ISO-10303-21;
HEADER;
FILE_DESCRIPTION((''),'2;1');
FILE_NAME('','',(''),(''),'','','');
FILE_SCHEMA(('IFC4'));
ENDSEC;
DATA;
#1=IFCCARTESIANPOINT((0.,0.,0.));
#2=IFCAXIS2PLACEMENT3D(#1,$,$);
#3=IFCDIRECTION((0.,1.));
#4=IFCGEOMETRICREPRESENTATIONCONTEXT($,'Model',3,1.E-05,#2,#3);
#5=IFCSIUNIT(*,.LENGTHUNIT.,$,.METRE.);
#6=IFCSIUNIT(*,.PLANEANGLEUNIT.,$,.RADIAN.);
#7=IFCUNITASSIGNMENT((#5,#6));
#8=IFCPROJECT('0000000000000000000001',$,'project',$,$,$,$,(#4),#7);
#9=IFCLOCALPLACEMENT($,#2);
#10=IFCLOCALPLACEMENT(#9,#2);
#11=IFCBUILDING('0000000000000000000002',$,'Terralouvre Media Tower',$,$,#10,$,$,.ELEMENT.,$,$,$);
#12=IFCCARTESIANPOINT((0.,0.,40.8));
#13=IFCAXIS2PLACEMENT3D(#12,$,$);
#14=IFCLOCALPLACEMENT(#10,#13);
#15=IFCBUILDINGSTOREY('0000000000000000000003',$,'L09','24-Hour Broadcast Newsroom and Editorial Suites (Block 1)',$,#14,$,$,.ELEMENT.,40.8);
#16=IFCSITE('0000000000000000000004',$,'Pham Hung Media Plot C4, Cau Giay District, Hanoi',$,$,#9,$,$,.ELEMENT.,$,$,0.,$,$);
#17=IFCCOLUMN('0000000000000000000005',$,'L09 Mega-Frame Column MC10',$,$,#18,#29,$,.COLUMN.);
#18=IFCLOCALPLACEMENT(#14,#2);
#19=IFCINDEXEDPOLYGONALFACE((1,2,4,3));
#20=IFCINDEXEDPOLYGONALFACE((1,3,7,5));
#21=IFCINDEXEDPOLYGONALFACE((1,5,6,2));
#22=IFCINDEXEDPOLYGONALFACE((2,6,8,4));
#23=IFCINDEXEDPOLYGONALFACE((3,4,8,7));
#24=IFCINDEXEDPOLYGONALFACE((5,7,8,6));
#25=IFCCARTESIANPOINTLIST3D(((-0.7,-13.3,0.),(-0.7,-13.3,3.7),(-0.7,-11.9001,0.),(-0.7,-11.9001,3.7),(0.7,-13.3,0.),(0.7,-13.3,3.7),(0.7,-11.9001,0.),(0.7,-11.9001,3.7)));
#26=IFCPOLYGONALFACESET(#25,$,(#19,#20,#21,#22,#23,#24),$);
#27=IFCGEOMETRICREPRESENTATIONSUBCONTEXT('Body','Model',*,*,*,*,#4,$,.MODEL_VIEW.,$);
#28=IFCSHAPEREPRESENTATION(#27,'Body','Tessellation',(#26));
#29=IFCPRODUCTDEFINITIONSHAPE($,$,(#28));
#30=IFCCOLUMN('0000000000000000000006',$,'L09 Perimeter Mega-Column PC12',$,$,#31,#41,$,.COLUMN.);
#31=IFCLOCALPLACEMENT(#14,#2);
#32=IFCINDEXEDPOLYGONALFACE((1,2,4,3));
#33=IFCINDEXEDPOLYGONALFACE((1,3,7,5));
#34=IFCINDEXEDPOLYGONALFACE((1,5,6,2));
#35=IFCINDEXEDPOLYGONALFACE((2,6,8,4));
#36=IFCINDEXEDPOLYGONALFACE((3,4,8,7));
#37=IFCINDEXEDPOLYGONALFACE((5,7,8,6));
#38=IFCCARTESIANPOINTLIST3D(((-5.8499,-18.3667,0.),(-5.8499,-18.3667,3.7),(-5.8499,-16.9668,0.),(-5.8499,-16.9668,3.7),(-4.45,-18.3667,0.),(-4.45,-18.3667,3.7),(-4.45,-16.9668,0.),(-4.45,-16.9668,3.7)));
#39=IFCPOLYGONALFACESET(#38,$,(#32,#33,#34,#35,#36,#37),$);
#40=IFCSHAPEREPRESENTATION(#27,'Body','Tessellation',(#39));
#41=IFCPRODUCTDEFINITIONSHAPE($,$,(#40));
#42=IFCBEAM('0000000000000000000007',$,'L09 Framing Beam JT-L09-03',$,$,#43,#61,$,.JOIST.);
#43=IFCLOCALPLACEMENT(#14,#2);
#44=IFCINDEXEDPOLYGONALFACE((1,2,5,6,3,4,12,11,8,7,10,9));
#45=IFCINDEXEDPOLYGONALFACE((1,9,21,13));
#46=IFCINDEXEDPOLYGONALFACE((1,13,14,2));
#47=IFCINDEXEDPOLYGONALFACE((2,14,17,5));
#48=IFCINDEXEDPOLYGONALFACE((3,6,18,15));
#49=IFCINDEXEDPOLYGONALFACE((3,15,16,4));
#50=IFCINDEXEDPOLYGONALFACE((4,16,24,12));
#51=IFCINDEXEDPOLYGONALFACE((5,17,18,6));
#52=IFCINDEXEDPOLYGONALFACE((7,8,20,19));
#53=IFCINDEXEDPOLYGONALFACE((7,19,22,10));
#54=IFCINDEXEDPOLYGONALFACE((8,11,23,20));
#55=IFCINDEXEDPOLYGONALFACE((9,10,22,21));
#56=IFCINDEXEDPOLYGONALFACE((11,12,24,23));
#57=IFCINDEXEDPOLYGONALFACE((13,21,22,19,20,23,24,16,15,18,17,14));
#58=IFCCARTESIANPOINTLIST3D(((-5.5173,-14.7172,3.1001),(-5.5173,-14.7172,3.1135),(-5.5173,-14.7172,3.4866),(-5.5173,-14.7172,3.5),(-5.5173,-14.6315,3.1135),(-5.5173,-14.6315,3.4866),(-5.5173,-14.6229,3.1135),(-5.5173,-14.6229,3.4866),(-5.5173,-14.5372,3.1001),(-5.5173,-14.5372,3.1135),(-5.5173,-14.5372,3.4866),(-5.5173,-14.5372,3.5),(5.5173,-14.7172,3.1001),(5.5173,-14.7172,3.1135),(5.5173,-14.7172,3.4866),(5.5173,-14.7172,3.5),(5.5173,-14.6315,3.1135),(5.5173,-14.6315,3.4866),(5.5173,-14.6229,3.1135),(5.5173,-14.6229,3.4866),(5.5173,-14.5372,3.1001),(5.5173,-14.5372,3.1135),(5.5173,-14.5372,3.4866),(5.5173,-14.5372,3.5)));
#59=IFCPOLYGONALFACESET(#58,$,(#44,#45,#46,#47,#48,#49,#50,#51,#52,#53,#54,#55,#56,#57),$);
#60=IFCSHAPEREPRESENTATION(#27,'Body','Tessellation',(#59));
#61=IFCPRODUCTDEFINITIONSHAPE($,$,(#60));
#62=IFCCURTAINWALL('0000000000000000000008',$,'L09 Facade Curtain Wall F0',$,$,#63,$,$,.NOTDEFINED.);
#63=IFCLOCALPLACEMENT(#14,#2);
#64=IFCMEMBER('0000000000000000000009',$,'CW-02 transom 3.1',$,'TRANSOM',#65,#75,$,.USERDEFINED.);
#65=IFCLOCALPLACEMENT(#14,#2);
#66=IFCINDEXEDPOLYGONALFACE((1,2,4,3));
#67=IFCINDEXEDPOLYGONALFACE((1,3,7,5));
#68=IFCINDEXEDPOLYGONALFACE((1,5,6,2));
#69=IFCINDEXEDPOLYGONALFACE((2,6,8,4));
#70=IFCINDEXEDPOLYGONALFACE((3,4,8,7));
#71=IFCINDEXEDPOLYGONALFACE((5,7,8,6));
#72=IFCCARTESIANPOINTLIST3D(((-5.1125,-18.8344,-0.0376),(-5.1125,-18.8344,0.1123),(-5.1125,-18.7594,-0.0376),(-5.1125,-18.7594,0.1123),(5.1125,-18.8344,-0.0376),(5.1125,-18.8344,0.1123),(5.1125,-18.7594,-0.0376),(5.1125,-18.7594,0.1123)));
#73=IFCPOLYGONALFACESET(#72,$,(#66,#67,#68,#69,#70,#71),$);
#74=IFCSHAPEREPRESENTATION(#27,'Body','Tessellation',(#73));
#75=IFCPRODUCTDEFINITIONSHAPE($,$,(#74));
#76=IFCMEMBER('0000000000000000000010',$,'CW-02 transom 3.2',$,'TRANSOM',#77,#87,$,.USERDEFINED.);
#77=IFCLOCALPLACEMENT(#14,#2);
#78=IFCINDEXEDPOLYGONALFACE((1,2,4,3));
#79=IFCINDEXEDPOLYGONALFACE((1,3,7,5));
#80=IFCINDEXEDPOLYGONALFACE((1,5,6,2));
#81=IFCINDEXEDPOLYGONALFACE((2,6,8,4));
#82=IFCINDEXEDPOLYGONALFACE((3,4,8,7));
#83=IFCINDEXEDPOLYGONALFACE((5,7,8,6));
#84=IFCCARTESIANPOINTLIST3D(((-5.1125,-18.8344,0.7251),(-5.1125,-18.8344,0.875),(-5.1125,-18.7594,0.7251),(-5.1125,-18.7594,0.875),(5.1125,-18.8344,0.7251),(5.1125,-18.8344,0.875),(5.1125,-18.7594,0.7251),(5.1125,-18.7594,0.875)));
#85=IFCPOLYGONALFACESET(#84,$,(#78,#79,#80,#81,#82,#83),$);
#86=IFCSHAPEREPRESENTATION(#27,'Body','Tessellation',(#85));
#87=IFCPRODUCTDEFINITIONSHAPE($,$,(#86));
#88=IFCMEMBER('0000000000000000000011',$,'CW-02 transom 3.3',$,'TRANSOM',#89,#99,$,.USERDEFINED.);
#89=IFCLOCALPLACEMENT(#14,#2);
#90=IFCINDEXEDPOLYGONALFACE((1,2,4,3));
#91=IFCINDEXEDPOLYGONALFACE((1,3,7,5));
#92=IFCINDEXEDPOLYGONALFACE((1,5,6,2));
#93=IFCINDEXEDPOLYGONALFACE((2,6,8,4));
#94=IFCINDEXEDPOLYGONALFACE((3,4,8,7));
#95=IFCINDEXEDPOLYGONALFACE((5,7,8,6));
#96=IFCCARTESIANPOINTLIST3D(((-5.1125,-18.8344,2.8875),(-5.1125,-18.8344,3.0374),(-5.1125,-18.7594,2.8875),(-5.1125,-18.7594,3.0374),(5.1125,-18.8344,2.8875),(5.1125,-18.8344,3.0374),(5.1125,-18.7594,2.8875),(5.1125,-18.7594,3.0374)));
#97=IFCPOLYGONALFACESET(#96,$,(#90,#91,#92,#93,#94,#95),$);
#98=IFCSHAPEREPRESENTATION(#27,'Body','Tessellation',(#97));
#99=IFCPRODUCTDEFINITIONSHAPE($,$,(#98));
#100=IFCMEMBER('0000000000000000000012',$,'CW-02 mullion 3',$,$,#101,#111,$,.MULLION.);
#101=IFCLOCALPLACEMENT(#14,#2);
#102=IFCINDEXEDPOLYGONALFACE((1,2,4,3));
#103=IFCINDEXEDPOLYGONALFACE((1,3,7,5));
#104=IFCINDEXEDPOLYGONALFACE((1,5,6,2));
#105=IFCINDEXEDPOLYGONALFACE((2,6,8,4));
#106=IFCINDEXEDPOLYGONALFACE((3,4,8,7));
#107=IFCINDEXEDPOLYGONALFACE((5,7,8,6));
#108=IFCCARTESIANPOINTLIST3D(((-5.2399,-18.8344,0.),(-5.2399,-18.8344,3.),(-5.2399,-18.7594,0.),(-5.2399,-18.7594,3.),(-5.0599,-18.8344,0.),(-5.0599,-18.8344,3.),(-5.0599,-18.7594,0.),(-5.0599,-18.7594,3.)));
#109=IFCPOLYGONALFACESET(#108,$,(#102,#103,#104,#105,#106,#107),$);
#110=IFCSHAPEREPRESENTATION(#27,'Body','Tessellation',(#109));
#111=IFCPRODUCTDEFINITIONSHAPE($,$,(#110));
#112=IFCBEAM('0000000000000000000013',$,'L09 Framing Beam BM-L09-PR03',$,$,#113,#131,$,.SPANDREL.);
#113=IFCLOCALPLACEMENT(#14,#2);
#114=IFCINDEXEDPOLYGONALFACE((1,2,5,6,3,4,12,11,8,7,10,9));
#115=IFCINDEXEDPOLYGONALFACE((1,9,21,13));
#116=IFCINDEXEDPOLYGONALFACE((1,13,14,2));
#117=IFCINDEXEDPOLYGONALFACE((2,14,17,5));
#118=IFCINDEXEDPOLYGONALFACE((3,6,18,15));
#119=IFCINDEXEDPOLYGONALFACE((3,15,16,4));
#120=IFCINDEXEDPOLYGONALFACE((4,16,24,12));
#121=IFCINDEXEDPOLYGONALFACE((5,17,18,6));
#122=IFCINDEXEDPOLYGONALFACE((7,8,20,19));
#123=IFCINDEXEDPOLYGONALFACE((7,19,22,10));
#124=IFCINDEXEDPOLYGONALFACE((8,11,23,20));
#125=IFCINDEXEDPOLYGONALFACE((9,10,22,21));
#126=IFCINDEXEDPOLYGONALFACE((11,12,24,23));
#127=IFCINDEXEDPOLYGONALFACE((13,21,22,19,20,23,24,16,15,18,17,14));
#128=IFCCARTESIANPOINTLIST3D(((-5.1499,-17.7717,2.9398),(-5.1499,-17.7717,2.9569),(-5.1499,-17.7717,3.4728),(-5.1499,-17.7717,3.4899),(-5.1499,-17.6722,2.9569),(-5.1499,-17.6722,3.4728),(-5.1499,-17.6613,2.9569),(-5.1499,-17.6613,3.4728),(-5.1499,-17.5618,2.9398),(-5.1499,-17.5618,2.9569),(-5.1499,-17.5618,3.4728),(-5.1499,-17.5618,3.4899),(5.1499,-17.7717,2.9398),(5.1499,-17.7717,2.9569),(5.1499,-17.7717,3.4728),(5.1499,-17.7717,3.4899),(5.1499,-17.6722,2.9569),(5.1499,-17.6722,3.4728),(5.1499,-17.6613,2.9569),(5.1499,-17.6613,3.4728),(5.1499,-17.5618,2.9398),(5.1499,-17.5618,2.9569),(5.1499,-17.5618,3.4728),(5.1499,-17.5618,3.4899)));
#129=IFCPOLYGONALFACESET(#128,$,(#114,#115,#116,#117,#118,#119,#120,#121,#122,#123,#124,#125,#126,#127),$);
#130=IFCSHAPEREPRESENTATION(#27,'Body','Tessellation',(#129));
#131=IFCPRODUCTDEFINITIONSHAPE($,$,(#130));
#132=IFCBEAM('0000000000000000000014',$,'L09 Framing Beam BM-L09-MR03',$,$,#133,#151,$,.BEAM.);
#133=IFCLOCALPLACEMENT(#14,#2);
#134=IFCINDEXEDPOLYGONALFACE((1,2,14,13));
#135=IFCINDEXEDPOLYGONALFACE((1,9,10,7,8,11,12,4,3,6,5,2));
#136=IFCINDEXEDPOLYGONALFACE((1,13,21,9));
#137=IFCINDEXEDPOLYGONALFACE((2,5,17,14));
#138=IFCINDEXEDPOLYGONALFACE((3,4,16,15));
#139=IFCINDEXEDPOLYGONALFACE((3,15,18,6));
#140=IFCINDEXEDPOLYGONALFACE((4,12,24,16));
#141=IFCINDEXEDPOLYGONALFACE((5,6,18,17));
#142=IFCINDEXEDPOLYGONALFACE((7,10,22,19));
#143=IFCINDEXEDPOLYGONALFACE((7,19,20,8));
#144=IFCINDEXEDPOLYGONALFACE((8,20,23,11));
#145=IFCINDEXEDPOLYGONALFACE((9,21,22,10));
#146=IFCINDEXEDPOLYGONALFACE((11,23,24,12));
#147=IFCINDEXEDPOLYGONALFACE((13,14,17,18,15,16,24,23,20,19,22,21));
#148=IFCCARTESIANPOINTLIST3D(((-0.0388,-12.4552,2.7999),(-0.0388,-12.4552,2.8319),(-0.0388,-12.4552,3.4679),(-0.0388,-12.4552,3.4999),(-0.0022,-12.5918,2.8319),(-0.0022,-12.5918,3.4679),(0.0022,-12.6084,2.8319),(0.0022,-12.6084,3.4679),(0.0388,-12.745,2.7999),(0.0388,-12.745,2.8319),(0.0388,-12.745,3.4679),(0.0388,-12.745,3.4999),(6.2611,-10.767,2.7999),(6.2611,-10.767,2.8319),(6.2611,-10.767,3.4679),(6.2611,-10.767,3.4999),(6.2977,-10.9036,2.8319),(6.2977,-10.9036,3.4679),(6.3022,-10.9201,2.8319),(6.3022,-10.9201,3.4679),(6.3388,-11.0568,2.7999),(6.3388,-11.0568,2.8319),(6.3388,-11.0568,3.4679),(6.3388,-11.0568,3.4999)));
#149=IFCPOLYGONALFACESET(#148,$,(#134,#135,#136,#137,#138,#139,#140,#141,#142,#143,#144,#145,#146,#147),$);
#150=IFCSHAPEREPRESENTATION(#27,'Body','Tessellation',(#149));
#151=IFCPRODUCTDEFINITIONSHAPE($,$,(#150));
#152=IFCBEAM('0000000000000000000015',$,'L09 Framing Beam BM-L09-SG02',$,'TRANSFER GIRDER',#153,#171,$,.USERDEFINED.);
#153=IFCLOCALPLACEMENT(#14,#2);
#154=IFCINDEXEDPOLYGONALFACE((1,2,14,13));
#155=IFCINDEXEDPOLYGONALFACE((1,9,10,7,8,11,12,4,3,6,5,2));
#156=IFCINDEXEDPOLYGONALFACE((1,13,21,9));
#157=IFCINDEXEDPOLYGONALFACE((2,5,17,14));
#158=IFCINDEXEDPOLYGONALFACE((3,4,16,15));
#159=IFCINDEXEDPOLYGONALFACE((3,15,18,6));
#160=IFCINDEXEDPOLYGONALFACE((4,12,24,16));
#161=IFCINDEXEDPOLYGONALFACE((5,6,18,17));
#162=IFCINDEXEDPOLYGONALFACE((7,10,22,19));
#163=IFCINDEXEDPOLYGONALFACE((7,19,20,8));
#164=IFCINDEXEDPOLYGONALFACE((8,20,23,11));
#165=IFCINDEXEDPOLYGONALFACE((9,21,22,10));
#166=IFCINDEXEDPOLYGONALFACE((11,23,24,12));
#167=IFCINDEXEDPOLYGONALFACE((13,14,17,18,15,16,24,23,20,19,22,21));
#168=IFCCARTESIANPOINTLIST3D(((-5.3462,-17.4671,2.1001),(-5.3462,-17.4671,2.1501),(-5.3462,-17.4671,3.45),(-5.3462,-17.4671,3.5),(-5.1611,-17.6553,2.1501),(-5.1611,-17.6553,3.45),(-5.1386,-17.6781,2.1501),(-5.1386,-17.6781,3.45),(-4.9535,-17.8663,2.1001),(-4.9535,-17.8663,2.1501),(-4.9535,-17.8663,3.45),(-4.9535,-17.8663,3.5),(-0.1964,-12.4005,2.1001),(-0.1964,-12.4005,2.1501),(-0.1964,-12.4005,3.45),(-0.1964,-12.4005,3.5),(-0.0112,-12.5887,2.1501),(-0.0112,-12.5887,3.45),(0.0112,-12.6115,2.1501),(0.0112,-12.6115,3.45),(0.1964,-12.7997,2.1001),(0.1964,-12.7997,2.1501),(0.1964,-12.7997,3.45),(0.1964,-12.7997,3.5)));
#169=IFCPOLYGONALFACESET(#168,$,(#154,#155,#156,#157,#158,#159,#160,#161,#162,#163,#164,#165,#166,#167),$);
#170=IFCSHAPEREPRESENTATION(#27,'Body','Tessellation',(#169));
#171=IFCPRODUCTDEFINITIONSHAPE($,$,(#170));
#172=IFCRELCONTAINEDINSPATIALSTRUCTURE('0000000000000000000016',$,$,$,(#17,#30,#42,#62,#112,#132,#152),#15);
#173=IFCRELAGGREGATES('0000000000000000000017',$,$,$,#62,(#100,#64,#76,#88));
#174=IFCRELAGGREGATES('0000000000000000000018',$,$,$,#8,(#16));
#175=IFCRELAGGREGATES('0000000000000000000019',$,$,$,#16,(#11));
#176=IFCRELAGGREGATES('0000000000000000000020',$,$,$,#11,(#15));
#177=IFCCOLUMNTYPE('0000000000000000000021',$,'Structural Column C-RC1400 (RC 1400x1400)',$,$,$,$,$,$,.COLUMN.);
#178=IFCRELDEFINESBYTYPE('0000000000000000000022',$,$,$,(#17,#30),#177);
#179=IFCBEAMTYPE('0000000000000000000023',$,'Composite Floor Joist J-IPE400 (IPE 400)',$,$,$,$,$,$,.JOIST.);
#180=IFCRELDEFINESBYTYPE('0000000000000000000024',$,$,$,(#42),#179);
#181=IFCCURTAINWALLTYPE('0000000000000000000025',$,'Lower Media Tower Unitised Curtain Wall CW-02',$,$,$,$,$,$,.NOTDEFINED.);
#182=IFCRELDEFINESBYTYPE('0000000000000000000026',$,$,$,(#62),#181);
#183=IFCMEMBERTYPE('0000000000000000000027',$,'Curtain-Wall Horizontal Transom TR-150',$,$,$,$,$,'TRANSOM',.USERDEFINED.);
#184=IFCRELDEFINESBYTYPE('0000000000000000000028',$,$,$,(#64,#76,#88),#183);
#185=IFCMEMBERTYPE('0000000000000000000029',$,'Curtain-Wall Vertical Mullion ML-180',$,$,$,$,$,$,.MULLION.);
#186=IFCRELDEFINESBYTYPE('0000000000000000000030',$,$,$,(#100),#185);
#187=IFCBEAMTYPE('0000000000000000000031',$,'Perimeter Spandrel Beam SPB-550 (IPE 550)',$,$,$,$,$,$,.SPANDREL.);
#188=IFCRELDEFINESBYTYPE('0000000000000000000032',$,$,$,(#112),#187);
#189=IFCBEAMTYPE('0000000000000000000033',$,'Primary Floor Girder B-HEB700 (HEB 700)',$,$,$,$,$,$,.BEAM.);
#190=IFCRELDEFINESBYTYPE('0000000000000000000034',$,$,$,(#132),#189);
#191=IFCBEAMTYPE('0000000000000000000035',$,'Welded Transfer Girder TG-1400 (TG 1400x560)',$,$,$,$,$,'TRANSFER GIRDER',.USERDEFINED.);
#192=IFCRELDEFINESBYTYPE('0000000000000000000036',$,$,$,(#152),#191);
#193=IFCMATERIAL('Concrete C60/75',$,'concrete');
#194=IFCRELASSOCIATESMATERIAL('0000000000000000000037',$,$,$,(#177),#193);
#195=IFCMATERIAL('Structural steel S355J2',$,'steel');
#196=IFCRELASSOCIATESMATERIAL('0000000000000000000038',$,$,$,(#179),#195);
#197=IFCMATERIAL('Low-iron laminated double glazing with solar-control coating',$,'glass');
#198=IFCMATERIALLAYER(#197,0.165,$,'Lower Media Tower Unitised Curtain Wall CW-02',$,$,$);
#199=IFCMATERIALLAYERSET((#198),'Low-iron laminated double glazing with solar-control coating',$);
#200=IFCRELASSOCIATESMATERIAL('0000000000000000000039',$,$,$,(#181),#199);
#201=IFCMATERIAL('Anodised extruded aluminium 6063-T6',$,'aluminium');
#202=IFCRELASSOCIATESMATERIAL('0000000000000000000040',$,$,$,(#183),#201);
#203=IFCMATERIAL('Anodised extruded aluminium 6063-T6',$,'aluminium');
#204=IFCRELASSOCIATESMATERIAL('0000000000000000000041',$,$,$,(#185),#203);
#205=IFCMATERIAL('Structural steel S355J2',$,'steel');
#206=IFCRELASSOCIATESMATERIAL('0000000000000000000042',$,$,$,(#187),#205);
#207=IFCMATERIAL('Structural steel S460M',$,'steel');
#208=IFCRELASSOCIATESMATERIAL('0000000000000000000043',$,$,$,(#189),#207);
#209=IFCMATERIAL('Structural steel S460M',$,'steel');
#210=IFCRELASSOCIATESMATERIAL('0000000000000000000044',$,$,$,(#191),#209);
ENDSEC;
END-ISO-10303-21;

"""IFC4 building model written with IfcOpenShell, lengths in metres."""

from ifc_helpers import new_model, si_unit, direction, frame, origin, origin_2d, place, context, subcontext, project, spatial, rectangle, i_section, extrude, material, layer, layer_set, material_profile, profile_set, type_object, element, aggregate, save


model = new_model("IFC4")

# Units and contexts
model_context = context("Model", 3, precision=1e-05, world=origin(), true_north=direction((0.0, 1.0)))
body_context = subcontext(model_context, "Body", "Model", "MODEL_VIEW")
ifc_project = project(units=[si_unit("LENGTHUNIT", "METRE"), si_unit("PLANEANGLEUNIT", "RADIAN")], contexts=[model_context])

# Site, building, storey
site_placement = place(None, origin())
site = spatial("IfcSite", under=ifc_project, at=site_placement, Name="Pham Hung Media Plot C4, Cau Giay District, Hanoi", CompositionType="ELEMENT", RefElevation=0.0)
building_placement = place(site_placement, origin())
building = spatial("IfcBuilding", under=site, at=building_placement, Name="Terralouvre Media Tower", CompositionType="ELEMENT")
storey_placement = place(building_placement, frame((0.0, 0.0, 40.8)))
storey = spatial("IfcBuildingStorey", under=building, at=storey_placement, Name="L09", Description="24-Hour Broadcast Newsroom and Editorial Suites (Block 1)", CompositionType="ELEMENT", Elevation=40.8)

# Columns
ifc_material_1 = material(Name="Concrete C60/75", Category="concrete")
ifc_material_profile_1 = material_profile(ifc_material_1, rectangle(XDim=1.3999, YDim=1.3999, at=origin_2d()), Name="RC 1400x1400")
ifc_profile_set_1 = profile_set([ifc_material_profile_1], Name="Concrete C60/75")
column_type = type_object("IfcColumnType", Name="Structural Column C-RC1400 (RC 1400x1400)", PredefinedType="COLUMN", material=ifc_profile_set_1)
for number, where, z_axis, x_axis, name in (
    (1, (0.0, -12.6001, 0.0), (0.0, 0.0, 1.0), (1.0, 0.0, 0.0), "L09 Mega-Frame Column MC10"),
    (2, (-5.1499, -17.6667, 0.0), (0.0, 0.0, 1.0), (1.0, 0.0, 0.0), "L09 Perimeter Mega-Column PC12"),
):
    element("IfcColumn", number, at=place(storey_placement, frame(where, z_axis=z_axis, x_axis=x_axis)), inside=storey, type_object=column_type, Name=name, PredefinedType="COLUMN", context=body_context, shape_type="SweptSolid", body=[
        extrude(rectangle(XDim=1.3999, YDim=1.3999, at=origin_2d()), origin(), (0.0, 0.0, 1.0), 3.7),
    ])

# Beam
ifc_material_2 = material(Name="Structural steel S355J2", Category="steel")
ifc_material_profile_2 = material_profile(ifc_material_2, i_section(OverallWidth=0.1799, OverallDepth=0.3999, WebThickness=0.0085, FlangeThickness=0.0134, at=origin_2d()), Name="IPE 400")
ifc_profile_set_2 = profile_set([ifc_material_profile_2], Name="Structural steel S355J2")
beam_type_1 = type_object("IfcBeamType", Name="Composite Floor Joist J-IPE400 (IPE 400)", PredefinedType="JOIST", material=ifc_profile_set_2)
beam_1_placement = place(storey_placement, frame((-5.5173, -14.6272, 3.3), z_axis=(1.0, 0.0, 0.0), x_axis=(0.0, 1.0, 0.0)))
element("IfcBeam", 3, at=beam_1_placement, inside=storey, type_object=beam_type_1, Name="L09 Framing Beam JT-L09-03", PredefinedType="JOIST", context=body_context, shape_type="SweptSolid", body=[
    extrude(i_section(OverallWidth=0.1799, OverallDepth=0.3999, WebThickness=0.0085, FlangeThickness=0.0134, at=origin_2d()), origin(), (0.0, 0.0, 1.0), 11.0347),
])

# Curtain wall, members
ifc_material_3 = material(Name="Low-iron laminated double glazing with solar-control coating", Category="glass")
ifc_layer_1 = layer(ifc_material_3, 0.165, Name="Lower Media Tower Unitised Curtain Wall CW-02")
ifc_layer_set_1 = layer_set([ifc_layer_1], Name="Low-iron laminated double glazing with solar-control coating")
curtain_wall_type = type_object("IfcCurtainWallType", Name="Lower Media Tower Unitised Curtain Wall CW-02", PredefinedType="NOTDEFINED", material=ifc_layer_set_1)
curtain_wall_placement = place(storey_placement, origin())
curtain_wall = element("IfcCurtainWall", 4, at=curtain_wall_placement, inside=storey, type_object=curtain_wall_type, Name="L09 Facade Curtain Wall F0", PredefinedType="NOTDEFINED")
ifc_material_4 = material(Name="Anodised extruded aluminium 6063-T6", Category="aluminium")
ifc_material_profile_3 = material_profile(ifc_material_4, rectangle(XDim=0.075, YDim=0.1499, at=origin_2d()), Name="ALU 75x150")
ifc_profile_set_3 = profile_set([ifc_material_profile_3], Name="Anodised extruded aluminium 6063-T6")
member_type_1 = type_object("IfcMemberType", Name="Curtain-Wall Horizontal Transom TR-150", ElementType="TRANSOM", PredefinedType="USERDEFINED", material=ifc_profile_set_3)
member_1_placement = place(storey_placement, frame((-5.1125, -18.7969, 0.0374), z_axis=(1.0, 0.0, 0.0), x_axis=(0.0, 1.0, 0.0)))
member_1 = element("IfcMember", 5, at=member_1_placement, type_object=member_type_1, Name="CW-02 transom 3.1", ObjectType="TRANSOM", PredefinedType="USERDEFINED", context=body_context, shape_type="SweptSolid", body=[
    extrude(rectangle(XDim=0.075, YDim=0.1499, at=origin_2d()), origin(), (0.0, 0.0, 1.0), 10.2251),
])
member_2_placement = place(storey_placement, frame((-5.1125, -18.7969, 0.8), z_axis=(1.0, 0.0, 0.0), x_axis=(0.0, 1.0, 0.0)))
member_2 = element("IfcMember", 6, at=member_2_placement, type_object=member_type_1, Name="CW-02 transom 3.2", ObjectType="TRANSOM", PredefinedType="USERDEFINED", context=body_context, shape_type="SweptSolid", body=[
    extrude(rectangle(XDim=0.075, YDim=0.1499, at=origin_2d()), origin(), (0.0, 0.0, 1.0), 10.2251),
])
member_3_placement = place(storey_placement, frame((-5.1125, -18.7969, 2.9624), z_axis=(1.0, 0.0, 0.0), x_axis=(0.0, 1.0, 0.0)))
member_3 = element("IfcMember", 7, at=member_3_placement, type_object=member_type_1, Name="CW-02 transom 3.3", ObjectType="TRANSOM", PredefinedType="USERDEFINED", context=body_context, shape_type="SweptSolid", body=[
    extrude(rectangle(XDim=0.075, YDim=0.1499, at=origin_2d()), origin(), (0.0, 0.0, 1.0), 10.2251),
])
ifc_material_5 = material(Name="Anodised extruded aluminium 6063-T6", Category="aluminium")
ifc_material_profile_4 = material_profile(ifc_material_5, rectangle(XDim=0.075, YDim=0.1799, at=origin_2d()), Name="ALU 75x180")
ifc_profile_set_4 = profile_set([ifc_material_profile_4], Name="Anodised extruded aluminium 6063-T6")
member_type_2 = type_object("IfcMemberType", Name="Curtain-Wall Vertical Mullion ML-180", PredefinedType="MULLION", material=ifc_profile_set_4)
member_4_placement = place(storey_placement, frame((-5.1499, -18.7969, 0.0), z_axis=(0.0, 0.0, 1.0), x_axis=(0.0, 1.0, 0.0)))
member_4 = element("IfcMember", 8, at=member_4_placement, type_object=member_type_2, Name="CW-02 mullion 3", PredefinedType="MULLION", context=body_context, shape_type="SweptSolid", body=[
    extrude(rectangle(XDim=0.075, YDim=0.1799, at=origin_2d()), origin(), (0.0, 0.0, 1.0), 3.0),
])

# Beams
ifc_material_6 = material(Name="Structural steel S355J2", Category="steel")
ifc_material_profile_5 = material_profile(ifc_material_6, i_section(OverallWidth=0.21, OverallDepth=0.55, WebThickness=0.011, FlangeThickness=0.0171, at=origin_2d()), Name="IPE 550")
ifc_profile_set_5 = profile_set([ifc_material_profile_5], Name="Structural steel S355J2")
beam_type_2 = type_object("IfcBeamType", Name="Perimeter Spandrel Beam SPB-550 (IPE 550)", PredefinedType="SPANDREL", material=ifc_profile_set_5)
beam_2_placement = place(storey_placement, frame((-5.1499, -17.6667, 3.2148), z_axis=(1.0, 0.0, 0.0), x_axis=(0.0, 1.0, 0.0)))
element("IfcBeam", 9, at=beam_2_placement, inside=storey, type_object=beam_type_2, Name="L09 Framing Beam BM-L09-PR03", PredefinedType="SPANDREL", context=body_context, shape_type="SweptSolid", body=[
    extrude(i_section(OverallWidth=0.21, OverallDepth=0.55, WebThickness=0.011, FlangeThickness=0.0171, at=origin_2d()), origin(), (0.0, 0.0, 1.0), 10.2998),
])
ifc_material_7 = material(Name="Structural steel S460M", Category="steel")
ifc_material_profile_6 = material_profile(ifc_material_7, i_section(OverallWidth=0.3, OverallDepth=0.7, WebThickness=0.0171, FlangeThickness=0.032, at=origin_2d()), Name="HEB 700")
ifc_profile_set_6 = profile_set([ifc_material_profile_6], Name="Structural steel S460M")
beam_type_3 = type_object("IfcBeamType", Name="Primary Floor Girder B-HEB700 (HEB 700)", PredefinedType="BEAM", material=ifc_profile_set_6)
beam_3_placement = place(storey_placement, frame((0.0, -12.6001, 3.1499), z_axis=(0.96592, 0.258839, 0.0), x_axis=(-0.258839, 0.96592, 0.0)))
element("IfcBeam", 10, at=beam_3_placement, inside=storey, type_object=beam_type_3, Name="L09 Framing Beam BM-L09-MR03", PredefinedType="BEAM", context=body_context, shape_type="SweptSolid", body=[
    extrude(i_section(OverallWidth=0.3, OverallDepth=0.7, WebThickness=0.0171, FlangeThickness=0.032, at=origin_2d()), origin(), (0.0, 0.0, 1.0), 6.5222),
])
ifc_material_8 = material(Name="Structural steel S460M", Category="steel")
ifc_material_profile_7 = material_profile(ifc_material_8, i_section(OverallWidth=0.5601, OverallDepth=1.3999, WebThickness=0.032, FlangeThickness=0.05, at=origin_2d()), Name="TG 1400x560")
ifc_profile_set_7 = profile_set([ifc_material_profile_7], Name="Structural steel S460M")
beam_type_4 = type_object("IfcBeamType", Name="Welded Transfer Girder TG-1400 (TG 1400x560)", ElementType="TRANSFER GIRDER", PredefinedType="USERDEFINED", material=ifc_profile_set_7)
beam_4_placement = place(storey_placement, frame((0.0, -12.6001, 2.8), z_axis=(-0.712845, -0.701321, 0.0), x_axis=(0.701321, -0.712845, 0.0)))
element("IfcBeam", 11, at=beam_4_placement, inside=storey, type_object=beam_type_4, Name="L09 Framing Beam BM-L09-SG02", ObjectType="TRANSFER GIRDER", PredefinedType="USERDEFINED", context=body_context, shape_type="SweptSolid", body=[
    extrude(i_section(OverallWidth=0.5601, OverallDepth=1.3999, WebThickness=0.032, FlangeThickness=0.05, at=origin_2d()), origin(), (0.0, 0.0, 1.0), 7.2244),
])

aggregate(curtain_wall, [member_4, member_1, member_2, member_3])

save(model, "model.ifc")
